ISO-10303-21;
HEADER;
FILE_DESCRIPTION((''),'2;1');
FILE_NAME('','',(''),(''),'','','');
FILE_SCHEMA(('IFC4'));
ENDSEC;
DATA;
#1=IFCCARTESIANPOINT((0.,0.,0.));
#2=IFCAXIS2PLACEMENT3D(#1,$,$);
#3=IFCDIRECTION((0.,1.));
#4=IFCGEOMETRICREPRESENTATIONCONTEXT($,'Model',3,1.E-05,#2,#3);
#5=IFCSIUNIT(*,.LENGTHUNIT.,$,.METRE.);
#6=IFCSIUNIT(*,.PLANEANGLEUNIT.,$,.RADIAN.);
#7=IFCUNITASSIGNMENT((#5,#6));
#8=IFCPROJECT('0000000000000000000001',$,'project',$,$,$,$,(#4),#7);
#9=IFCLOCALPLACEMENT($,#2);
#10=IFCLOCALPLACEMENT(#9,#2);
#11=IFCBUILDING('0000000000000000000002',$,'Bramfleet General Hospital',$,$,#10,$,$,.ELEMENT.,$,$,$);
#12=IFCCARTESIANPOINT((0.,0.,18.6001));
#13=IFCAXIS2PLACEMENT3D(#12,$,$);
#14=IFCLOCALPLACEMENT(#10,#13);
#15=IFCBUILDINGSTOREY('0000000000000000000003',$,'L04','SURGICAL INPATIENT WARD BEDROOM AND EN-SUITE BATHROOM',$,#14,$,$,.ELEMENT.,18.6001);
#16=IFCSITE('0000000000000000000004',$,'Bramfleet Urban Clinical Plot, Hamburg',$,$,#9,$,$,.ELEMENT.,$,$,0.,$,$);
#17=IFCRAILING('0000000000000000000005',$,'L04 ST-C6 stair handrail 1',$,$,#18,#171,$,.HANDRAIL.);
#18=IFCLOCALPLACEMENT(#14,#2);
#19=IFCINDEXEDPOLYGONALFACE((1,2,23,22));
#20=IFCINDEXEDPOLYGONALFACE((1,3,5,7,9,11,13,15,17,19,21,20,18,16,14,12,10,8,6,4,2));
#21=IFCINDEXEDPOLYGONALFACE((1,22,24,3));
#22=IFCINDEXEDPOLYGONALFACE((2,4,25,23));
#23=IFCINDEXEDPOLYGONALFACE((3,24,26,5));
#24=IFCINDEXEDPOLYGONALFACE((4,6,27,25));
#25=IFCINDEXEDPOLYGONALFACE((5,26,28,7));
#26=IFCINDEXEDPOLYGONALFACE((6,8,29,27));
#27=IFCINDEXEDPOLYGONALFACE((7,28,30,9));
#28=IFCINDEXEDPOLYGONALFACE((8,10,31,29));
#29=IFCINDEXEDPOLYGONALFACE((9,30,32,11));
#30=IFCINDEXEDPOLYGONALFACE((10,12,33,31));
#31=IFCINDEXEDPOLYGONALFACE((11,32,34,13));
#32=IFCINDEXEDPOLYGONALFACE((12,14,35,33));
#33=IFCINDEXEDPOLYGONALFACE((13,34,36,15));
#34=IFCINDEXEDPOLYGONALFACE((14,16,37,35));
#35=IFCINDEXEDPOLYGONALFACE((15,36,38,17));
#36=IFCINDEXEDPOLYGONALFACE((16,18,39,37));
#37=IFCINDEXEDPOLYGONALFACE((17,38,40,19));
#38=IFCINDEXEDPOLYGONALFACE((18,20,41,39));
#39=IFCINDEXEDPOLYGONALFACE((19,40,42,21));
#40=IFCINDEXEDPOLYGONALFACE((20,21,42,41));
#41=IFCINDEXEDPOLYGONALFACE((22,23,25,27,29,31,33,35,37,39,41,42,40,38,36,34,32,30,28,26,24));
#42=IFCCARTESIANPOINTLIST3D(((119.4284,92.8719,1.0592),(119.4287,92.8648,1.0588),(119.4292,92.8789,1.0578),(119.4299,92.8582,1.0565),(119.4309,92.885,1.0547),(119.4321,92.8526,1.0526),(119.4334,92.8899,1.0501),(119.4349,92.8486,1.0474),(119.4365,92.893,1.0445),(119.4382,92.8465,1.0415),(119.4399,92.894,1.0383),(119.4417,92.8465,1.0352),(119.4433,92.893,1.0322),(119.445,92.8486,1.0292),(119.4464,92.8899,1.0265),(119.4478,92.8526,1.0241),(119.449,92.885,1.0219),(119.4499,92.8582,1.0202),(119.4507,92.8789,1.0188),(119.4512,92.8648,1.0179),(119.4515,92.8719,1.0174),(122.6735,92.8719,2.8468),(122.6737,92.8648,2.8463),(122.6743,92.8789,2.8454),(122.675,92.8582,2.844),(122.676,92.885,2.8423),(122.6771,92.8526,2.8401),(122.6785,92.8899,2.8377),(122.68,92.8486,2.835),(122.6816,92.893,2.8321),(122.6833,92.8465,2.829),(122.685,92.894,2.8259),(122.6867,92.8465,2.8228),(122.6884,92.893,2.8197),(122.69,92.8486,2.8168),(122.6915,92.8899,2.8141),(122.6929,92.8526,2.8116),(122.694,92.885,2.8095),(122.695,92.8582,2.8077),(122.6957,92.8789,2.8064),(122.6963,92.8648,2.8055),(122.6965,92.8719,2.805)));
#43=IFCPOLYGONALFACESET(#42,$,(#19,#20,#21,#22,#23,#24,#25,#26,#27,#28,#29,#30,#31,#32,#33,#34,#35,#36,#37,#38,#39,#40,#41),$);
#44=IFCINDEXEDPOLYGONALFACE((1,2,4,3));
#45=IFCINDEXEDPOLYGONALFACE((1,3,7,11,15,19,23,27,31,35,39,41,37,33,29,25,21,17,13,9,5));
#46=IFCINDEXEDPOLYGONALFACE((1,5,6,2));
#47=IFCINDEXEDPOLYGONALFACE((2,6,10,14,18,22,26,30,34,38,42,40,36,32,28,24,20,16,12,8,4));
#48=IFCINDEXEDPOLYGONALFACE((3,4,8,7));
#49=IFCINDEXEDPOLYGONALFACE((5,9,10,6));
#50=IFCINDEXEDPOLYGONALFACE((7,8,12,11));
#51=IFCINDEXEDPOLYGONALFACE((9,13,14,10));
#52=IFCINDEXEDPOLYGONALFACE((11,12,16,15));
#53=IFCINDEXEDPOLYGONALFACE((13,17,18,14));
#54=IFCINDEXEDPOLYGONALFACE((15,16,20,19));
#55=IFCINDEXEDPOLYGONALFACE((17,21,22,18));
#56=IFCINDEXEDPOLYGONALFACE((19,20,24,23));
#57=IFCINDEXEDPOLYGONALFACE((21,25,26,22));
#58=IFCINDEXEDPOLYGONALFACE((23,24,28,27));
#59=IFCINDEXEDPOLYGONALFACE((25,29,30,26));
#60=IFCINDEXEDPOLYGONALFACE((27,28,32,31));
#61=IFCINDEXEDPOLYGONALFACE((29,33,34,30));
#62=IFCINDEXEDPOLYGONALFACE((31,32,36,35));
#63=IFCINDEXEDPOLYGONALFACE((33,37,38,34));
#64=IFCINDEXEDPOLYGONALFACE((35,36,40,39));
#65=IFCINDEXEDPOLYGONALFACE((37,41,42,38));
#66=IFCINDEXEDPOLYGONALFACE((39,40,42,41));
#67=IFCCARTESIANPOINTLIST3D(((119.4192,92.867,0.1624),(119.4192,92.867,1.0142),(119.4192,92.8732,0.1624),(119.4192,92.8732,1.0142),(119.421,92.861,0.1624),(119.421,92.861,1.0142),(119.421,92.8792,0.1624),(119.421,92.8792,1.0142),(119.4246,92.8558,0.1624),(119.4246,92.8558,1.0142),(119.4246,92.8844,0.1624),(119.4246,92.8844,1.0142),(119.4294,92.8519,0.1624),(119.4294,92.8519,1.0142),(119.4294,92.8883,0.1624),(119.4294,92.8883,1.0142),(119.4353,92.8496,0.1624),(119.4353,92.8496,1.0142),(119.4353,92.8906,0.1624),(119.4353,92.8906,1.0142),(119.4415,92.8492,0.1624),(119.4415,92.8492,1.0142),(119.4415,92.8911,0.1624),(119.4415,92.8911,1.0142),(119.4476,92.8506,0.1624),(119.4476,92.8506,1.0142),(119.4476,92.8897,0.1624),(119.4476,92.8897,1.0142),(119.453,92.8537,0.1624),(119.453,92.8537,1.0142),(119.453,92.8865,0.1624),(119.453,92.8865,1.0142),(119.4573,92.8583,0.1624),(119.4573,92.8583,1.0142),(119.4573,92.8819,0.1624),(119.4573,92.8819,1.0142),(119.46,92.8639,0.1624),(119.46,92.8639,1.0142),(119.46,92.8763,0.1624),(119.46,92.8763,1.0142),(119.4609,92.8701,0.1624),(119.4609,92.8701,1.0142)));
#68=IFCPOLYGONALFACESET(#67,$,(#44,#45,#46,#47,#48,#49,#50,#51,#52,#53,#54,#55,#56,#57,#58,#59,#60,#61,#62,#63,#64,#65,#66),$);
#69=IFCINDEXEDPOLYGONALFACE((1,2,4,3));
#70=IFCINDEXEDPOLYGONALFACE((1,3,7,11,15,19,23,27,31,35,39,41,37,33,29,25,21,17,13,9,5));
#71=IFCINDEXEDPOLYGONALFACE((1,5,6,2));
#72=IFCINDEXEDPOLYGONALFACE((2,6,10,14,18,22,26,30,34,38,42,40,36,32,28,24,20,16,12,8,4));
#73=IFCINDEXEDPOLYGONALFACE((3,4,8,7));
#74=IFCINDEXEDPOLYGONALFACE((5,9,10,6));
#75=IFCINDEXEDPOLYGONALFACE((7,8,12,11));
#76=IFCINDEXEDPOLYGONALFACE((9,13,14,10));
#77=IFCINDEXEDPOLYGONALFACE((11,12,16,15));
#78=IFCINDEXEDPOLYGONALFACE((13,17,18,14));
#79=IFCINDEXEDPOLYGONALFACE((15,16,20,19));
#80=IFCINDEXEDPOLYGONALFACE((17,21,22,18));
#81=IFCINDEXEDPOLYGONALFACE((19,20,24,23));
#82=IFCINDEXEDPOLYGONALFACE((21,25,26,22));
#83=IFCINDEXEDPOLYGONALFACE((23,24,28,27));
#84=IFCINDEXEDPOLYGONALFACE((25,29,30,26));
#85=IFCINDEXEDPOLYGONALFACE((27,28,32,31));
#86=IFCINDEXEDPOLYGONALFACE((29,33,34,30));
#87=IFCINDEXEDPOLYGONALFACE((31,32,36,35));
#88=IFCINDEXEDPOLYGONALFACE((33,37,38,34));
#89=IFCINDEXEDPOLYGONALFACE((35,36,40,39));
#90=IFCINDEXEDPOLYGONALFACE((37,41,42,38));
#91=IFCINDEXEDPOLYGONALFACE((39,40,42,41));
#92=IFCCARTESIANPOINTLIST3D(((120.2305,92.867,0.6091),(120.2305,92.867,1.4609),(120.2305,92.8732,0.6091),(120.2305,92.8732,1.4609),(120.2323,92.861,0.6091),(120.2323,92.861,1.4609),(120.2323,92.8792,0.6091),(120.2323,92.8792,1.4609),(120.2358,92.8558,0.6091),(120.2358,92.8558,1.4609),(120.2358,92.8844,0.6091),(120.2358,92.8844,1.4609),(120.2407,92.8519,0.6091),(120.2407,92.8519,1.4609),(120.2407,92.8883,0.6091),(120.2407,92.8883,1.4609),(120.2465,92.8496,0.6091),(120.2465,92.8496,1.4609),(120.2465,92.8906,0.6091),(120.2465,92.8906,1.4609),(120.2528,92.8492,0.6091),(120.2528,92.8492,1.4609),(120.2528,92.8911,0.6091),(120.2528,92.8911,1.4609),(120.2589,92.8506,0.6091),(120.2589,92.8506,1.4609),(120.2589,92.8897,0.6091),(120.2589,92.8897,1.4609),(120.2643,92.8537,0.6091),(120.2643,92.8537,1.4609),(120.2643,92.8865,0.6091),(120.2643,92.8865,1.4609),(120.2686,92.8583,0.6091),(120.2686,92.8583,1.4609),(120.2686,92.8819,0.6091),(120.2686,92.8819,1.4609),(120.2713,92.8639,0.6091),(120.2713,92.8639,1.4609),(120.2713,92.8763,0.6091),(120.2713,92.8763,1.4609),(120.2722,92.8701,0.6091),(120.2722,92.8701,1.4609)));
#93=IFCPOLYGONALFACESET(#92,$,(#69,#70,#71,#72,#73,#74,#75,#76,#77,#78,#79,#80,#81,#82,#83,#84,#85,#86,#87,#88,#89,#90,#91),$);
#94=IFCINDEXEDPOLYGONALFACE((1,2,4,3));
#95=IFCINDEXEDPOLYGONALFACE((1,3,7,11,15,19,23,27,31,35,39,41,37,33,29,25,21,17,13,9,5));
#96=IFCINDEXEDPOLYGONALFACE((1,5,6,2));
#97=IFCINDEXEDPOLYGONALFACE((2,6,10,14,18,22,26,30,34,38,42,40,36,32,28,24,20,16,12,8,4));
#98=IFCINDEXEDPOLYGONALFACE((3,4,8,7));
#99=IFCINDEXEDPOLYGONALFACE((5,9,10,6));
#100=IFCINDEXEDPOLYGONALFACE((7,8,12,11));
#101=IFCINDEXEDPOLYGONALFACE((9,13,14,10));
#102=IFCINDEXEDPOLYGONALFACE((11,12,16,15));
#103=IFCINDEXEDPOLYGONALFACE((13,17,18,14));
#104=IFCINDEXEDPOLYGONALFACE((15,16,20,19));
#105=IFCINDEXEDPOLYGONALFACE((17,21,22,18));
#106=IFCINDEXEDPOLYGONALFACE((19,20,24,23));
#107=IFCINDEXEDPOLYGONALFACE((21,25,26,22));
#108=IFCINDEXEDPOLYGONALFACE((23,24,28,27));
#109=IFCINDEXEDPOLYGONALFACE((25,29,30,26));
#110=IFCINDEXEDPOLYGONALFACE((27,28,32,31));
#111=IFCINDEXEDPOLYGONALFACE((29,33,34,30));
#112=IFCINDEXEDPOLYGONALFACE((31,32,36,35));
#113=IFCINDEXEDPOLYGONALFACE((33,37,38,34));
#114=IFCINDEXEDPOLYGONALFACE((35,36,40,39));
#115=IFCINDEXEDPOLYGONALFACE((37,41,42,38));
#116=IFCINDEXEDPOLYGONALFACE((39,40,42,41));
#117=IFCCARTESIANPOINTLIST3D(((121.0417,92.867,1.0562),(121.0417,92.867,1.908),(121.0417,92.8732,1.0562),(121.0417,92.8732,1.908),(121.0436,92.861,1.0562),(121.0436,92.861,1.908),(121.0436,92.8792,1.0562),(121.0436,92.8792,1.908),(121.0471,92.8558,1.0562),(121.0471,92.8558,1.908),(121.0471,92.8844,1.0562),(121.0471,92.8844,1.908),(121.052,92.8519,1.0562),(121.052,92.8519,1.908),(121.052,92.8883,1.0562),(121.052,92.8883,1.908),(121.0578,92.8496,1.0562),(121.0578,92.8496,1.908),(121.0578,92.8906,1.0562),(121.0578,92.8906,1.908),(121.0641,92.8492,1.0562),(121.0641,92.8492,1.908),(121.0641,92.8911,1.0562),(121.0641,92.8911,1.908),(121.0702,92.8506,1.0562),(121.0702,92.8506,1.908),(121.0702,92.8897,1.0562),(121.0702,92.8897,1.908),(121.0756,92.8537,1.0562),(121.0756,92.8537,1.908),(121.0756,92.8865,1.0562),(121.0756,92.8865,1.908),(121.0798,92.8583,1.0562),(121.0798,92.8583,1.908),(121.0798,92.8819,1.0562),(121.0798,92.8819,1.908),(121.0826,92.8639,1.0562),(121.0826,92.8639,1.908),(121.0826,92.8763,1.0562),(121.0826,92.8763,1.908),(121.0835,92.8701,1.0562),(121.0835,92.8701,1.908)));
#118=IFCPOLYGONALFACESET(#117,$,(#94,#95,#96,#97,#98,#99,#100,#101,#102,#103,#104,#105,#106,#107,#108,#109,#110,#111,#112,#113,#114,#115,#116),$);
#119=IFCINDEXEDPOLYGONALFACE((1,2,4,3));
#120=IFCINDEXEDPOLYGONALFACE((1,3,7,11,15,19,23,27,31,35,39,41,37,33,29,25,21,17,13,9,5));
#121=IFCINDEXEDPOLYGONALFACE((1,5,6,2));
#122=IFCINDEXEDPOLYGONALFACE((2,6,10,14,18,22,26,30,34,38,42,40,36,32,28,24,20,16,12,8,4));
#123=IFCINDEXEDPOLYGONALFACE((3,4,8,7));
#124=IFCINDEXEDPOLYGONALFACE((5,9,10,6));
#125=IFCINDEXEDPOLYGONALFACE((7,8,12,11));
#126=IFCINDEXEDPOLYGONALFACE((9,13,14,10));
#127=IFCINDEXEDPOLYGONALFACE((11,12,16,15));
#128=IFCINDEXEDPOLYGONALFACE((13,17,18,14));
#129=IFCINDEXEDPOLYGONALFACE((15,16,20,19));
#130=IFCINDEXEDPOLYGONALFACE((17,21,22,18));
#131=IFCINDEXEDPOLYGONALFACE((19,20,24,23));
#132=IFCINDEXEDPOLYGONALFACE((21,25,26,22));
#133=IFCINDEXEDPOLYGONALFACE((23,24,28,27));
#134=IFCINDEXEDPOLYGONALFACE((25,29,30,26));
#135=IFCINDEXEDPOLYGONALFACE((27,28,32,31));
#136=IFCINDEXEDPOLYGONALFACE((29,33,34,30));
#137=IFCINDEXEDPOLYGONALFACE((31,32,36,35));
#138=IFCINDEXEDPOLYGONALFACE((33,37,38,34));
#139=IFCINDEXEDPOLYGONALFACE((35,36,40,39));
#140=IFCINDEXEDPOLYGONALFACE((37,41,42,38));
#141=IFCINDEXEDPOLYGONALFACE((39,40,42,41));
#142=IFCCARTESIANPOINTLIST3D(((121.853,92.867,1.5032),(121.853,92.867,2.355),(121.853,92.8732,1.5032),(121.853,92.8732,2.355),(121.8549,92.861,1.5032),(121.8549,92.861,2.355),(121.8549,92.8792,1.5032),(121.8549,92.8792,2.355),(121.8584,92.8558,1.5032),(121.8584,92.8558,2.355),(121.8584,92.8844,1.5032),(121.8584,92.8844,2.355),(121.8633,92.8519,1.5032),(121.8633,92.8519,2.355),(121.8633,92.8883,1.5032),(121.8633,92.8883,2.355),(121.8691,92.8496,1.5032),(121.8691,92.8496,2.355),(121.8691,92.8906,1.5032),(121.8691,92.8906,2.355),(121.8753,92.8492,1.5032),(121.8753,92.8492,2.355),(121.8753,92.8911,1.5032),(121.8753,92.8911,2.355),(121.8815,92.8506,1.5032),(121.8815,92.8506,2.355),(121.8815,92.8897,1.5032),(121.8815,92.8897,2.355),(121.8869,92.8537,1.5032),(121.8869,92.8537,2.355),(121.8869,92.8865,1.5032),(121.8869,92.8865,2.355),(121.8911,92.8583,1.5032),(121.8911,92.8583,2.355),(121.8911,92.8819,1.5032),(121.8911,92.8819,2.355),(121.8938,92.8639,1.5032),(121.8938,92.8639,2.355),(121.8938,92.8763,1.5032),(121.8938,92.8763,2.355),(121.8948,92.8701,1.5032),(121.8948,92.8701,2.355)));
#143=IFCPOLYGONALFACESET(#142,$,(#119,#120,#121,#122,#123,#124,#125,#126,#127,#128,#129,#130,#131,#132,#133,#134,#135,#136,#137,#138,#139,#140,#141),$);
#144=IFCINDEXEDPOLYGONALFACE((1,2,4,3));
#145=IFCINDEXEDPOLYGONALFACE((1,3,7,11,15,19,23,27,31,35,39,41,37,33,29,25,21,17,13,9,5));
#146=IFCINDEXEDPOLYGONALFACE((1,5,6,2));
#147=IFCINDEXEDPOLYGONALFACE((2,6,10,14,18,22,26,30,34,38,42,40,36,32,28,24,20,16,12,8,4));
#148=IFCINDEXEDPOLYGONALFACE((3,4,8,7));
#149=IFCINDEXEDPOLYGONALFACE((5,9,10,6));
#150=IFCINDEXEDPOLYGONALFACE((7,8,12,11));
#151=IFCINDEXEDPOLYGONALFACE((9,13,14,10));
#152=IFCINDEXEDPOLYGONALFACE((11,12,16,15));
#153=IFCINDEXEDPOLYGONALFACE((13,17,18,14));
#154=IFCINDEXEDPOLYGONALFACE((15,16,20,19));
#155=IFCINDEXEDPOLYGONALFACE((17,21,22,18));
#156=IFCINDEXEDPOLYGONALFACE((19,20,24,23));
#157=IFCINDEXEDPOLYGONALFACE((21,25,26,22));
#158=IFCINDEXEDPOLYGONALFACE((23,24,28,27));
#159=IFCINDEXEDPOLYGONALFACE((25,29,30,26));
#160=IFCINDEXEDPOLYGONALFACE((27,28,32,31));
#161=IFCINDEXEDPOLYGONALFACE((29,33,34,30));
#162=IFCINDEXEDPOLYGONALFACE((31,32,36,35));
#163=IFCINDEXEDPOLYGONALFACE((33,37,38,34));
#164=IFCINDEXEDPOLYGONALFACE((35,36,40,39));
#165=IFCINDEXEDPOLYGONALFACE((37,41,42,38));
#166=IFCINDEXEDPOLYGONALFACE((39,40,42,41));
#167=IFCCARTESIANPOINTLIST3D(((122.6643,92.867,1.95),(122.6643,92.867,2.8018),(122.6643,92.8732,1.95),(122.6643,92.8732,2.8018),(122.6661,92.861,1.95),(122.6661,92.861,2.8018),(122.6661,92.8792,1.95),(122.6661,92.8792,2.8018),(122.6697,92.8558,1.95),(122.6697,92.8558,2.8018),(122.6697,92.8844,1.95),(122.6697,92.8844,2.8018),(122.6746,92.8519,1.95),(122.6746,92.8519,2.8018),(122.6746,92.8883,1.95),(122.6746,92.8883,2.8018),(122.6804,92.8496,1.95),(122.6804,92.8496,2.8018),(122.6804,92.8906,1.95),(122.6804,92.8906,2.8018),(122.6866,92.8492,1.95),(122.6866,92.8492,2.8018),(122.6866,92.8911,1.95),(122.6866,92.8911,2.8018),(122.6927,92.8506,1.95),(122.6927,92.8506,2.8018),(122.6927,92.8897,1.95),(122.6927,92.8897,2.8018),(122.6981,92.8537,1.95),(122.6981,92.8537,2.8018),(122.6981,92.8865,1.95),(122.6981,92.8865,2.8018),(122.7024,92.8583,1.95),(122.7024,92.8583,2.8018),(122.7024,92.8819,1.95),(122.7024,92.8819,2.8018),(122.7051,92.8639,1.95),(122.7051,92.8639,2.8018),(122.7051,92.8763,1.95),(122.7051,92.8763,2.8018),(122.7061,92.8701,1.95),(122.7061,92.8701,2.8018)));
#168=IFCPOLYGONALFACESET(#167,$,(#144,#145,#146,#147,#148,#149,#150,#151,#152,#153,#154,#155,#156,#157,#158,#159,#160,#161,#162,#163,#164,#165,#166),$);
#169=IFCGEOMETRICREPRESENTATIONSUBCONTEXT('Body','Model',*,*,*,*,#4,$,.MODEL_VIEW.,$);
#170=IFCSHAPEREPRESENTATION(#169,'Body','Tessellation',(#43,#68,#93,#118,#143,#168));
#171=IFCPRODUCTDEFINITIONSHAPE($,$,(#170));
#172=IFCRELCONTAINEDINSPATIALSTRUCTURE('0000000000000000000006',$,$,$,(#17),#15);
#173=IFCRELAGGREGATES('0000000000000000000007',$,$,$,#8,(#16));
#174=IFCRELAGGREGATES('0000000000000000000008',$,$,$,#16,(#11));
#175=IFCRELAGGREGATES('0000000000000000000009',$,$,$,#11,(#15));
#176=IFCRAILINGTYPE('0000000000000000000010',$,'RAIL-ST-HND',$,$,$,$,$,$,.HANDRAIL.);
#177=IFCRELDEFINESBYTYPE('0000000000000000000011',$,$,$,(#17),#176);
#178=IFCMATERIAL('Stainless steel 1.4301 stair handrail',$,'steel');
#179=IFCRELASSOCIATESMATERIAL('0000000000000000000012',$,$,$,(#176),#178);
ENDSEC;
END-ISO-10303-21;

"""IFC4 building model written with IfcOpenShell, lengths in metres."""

from ifc_helpers import new_model, si_unit, direction, frame, origin, origin_2d, place, context, subcontext, project, spatial, circle, extrude, material, type_object, element, save


model = new_model("IFC4")

# Units and contexts
model_context = context("Model", 3, precision=1e-05, world=origin(), true_north=direction((0.0, 1.0)))
body_context = subcontext(model_context, "Body", "Model", "MODEL_VIEW")
ifc_project = project(units=[si_unit("LENGTHUNIT", "METRE"), si_unit("PLANEANGLEUNIT", "RADIAN")], contexts=[model_context])

# Site, building, storey
site_placement = place(None, origin())
site = spatial("IfcSite", under=ifc_project, at=site_placement, Name="Bramfleet Urban Clinical Plot, Hamburg", CompositionType="ELEMENT", RefElevation=0.0)
building_placement = place(site_placement, origin())
building = spatial("IfcBuilding", under=site, at=building_placement, Name="Bramfleet General Hospital", CompositionType="ELEMENT")
storey_placement = place(building_placement, frame((0.0, 0.0, 18.6001)))
storey = spatial("IfcBuildingStorey", under=building, at=storey_placement, Name="L04", Description="SURGICAL INPATIENT WARD BEDROOM AND EN-SUITE BATHROOM", CompositionType="ELEMENT", Elevation=18.6001)

# Railing
ifc_material_1 = material(Name="Stainless steel 1.4301 stair handrail", Category="steel")
railing_type_1 = type_object("IfcRailingType", Name="RAIL-ST-HND", PredefinedType="HANDRAIL", material=ifc_material_1)
railing_1_placement = place(storey_placement, frame((119.4399, 92.8701, 0.1624)))
element("IfcRailing", 1, at=railing_1_placement, inside=storey, type_object=railing_type_1, Name="L04 ST-C6 stair handrail 1", PredefinedType="HANDRAIL", context=body_context, shape_type="SweptSolid", body=[
    extrude(circle(Radius=0.0239, at=origin_2d()), frame((0.0, 0.0, 0.876), z_axis=(0.875899, 0.0, 0.482495), x_axis=(0.0, 1.0, 0.0)), (0.0, 0.0, 1.0), 3.7048),
    extrude(circle(Radius=0.021, at=origin_2d()), origin(), (0.0, 0.0, 1.0), 0.8518),
    extrude(circle(Radius=0.021, at=origin_2d()), frame((0.8113, 0.0, 0.4468)), (0.0, 0.0, 1.0), 0.8518),
    extrude(circle(Radius=0.021, at=origin_2d()), frame((1.6226, 0.0, 0.8938)), (0.0, 0.0, 1.0), 0.8518),
    extrude(circle(Radius=0.021, at=origin_2d()), frame((2.4338, 0.0, 1.3408)), (0.0, 0.0, 1.0), 0.8518),
    extrude(circle(Radius=0.021, at=origin_2d()), frame((3.2451, 0.0, 1.7876)), (0.0, 0.0, 1.0), 0.8518),
])

save(model, "model.ifc")
